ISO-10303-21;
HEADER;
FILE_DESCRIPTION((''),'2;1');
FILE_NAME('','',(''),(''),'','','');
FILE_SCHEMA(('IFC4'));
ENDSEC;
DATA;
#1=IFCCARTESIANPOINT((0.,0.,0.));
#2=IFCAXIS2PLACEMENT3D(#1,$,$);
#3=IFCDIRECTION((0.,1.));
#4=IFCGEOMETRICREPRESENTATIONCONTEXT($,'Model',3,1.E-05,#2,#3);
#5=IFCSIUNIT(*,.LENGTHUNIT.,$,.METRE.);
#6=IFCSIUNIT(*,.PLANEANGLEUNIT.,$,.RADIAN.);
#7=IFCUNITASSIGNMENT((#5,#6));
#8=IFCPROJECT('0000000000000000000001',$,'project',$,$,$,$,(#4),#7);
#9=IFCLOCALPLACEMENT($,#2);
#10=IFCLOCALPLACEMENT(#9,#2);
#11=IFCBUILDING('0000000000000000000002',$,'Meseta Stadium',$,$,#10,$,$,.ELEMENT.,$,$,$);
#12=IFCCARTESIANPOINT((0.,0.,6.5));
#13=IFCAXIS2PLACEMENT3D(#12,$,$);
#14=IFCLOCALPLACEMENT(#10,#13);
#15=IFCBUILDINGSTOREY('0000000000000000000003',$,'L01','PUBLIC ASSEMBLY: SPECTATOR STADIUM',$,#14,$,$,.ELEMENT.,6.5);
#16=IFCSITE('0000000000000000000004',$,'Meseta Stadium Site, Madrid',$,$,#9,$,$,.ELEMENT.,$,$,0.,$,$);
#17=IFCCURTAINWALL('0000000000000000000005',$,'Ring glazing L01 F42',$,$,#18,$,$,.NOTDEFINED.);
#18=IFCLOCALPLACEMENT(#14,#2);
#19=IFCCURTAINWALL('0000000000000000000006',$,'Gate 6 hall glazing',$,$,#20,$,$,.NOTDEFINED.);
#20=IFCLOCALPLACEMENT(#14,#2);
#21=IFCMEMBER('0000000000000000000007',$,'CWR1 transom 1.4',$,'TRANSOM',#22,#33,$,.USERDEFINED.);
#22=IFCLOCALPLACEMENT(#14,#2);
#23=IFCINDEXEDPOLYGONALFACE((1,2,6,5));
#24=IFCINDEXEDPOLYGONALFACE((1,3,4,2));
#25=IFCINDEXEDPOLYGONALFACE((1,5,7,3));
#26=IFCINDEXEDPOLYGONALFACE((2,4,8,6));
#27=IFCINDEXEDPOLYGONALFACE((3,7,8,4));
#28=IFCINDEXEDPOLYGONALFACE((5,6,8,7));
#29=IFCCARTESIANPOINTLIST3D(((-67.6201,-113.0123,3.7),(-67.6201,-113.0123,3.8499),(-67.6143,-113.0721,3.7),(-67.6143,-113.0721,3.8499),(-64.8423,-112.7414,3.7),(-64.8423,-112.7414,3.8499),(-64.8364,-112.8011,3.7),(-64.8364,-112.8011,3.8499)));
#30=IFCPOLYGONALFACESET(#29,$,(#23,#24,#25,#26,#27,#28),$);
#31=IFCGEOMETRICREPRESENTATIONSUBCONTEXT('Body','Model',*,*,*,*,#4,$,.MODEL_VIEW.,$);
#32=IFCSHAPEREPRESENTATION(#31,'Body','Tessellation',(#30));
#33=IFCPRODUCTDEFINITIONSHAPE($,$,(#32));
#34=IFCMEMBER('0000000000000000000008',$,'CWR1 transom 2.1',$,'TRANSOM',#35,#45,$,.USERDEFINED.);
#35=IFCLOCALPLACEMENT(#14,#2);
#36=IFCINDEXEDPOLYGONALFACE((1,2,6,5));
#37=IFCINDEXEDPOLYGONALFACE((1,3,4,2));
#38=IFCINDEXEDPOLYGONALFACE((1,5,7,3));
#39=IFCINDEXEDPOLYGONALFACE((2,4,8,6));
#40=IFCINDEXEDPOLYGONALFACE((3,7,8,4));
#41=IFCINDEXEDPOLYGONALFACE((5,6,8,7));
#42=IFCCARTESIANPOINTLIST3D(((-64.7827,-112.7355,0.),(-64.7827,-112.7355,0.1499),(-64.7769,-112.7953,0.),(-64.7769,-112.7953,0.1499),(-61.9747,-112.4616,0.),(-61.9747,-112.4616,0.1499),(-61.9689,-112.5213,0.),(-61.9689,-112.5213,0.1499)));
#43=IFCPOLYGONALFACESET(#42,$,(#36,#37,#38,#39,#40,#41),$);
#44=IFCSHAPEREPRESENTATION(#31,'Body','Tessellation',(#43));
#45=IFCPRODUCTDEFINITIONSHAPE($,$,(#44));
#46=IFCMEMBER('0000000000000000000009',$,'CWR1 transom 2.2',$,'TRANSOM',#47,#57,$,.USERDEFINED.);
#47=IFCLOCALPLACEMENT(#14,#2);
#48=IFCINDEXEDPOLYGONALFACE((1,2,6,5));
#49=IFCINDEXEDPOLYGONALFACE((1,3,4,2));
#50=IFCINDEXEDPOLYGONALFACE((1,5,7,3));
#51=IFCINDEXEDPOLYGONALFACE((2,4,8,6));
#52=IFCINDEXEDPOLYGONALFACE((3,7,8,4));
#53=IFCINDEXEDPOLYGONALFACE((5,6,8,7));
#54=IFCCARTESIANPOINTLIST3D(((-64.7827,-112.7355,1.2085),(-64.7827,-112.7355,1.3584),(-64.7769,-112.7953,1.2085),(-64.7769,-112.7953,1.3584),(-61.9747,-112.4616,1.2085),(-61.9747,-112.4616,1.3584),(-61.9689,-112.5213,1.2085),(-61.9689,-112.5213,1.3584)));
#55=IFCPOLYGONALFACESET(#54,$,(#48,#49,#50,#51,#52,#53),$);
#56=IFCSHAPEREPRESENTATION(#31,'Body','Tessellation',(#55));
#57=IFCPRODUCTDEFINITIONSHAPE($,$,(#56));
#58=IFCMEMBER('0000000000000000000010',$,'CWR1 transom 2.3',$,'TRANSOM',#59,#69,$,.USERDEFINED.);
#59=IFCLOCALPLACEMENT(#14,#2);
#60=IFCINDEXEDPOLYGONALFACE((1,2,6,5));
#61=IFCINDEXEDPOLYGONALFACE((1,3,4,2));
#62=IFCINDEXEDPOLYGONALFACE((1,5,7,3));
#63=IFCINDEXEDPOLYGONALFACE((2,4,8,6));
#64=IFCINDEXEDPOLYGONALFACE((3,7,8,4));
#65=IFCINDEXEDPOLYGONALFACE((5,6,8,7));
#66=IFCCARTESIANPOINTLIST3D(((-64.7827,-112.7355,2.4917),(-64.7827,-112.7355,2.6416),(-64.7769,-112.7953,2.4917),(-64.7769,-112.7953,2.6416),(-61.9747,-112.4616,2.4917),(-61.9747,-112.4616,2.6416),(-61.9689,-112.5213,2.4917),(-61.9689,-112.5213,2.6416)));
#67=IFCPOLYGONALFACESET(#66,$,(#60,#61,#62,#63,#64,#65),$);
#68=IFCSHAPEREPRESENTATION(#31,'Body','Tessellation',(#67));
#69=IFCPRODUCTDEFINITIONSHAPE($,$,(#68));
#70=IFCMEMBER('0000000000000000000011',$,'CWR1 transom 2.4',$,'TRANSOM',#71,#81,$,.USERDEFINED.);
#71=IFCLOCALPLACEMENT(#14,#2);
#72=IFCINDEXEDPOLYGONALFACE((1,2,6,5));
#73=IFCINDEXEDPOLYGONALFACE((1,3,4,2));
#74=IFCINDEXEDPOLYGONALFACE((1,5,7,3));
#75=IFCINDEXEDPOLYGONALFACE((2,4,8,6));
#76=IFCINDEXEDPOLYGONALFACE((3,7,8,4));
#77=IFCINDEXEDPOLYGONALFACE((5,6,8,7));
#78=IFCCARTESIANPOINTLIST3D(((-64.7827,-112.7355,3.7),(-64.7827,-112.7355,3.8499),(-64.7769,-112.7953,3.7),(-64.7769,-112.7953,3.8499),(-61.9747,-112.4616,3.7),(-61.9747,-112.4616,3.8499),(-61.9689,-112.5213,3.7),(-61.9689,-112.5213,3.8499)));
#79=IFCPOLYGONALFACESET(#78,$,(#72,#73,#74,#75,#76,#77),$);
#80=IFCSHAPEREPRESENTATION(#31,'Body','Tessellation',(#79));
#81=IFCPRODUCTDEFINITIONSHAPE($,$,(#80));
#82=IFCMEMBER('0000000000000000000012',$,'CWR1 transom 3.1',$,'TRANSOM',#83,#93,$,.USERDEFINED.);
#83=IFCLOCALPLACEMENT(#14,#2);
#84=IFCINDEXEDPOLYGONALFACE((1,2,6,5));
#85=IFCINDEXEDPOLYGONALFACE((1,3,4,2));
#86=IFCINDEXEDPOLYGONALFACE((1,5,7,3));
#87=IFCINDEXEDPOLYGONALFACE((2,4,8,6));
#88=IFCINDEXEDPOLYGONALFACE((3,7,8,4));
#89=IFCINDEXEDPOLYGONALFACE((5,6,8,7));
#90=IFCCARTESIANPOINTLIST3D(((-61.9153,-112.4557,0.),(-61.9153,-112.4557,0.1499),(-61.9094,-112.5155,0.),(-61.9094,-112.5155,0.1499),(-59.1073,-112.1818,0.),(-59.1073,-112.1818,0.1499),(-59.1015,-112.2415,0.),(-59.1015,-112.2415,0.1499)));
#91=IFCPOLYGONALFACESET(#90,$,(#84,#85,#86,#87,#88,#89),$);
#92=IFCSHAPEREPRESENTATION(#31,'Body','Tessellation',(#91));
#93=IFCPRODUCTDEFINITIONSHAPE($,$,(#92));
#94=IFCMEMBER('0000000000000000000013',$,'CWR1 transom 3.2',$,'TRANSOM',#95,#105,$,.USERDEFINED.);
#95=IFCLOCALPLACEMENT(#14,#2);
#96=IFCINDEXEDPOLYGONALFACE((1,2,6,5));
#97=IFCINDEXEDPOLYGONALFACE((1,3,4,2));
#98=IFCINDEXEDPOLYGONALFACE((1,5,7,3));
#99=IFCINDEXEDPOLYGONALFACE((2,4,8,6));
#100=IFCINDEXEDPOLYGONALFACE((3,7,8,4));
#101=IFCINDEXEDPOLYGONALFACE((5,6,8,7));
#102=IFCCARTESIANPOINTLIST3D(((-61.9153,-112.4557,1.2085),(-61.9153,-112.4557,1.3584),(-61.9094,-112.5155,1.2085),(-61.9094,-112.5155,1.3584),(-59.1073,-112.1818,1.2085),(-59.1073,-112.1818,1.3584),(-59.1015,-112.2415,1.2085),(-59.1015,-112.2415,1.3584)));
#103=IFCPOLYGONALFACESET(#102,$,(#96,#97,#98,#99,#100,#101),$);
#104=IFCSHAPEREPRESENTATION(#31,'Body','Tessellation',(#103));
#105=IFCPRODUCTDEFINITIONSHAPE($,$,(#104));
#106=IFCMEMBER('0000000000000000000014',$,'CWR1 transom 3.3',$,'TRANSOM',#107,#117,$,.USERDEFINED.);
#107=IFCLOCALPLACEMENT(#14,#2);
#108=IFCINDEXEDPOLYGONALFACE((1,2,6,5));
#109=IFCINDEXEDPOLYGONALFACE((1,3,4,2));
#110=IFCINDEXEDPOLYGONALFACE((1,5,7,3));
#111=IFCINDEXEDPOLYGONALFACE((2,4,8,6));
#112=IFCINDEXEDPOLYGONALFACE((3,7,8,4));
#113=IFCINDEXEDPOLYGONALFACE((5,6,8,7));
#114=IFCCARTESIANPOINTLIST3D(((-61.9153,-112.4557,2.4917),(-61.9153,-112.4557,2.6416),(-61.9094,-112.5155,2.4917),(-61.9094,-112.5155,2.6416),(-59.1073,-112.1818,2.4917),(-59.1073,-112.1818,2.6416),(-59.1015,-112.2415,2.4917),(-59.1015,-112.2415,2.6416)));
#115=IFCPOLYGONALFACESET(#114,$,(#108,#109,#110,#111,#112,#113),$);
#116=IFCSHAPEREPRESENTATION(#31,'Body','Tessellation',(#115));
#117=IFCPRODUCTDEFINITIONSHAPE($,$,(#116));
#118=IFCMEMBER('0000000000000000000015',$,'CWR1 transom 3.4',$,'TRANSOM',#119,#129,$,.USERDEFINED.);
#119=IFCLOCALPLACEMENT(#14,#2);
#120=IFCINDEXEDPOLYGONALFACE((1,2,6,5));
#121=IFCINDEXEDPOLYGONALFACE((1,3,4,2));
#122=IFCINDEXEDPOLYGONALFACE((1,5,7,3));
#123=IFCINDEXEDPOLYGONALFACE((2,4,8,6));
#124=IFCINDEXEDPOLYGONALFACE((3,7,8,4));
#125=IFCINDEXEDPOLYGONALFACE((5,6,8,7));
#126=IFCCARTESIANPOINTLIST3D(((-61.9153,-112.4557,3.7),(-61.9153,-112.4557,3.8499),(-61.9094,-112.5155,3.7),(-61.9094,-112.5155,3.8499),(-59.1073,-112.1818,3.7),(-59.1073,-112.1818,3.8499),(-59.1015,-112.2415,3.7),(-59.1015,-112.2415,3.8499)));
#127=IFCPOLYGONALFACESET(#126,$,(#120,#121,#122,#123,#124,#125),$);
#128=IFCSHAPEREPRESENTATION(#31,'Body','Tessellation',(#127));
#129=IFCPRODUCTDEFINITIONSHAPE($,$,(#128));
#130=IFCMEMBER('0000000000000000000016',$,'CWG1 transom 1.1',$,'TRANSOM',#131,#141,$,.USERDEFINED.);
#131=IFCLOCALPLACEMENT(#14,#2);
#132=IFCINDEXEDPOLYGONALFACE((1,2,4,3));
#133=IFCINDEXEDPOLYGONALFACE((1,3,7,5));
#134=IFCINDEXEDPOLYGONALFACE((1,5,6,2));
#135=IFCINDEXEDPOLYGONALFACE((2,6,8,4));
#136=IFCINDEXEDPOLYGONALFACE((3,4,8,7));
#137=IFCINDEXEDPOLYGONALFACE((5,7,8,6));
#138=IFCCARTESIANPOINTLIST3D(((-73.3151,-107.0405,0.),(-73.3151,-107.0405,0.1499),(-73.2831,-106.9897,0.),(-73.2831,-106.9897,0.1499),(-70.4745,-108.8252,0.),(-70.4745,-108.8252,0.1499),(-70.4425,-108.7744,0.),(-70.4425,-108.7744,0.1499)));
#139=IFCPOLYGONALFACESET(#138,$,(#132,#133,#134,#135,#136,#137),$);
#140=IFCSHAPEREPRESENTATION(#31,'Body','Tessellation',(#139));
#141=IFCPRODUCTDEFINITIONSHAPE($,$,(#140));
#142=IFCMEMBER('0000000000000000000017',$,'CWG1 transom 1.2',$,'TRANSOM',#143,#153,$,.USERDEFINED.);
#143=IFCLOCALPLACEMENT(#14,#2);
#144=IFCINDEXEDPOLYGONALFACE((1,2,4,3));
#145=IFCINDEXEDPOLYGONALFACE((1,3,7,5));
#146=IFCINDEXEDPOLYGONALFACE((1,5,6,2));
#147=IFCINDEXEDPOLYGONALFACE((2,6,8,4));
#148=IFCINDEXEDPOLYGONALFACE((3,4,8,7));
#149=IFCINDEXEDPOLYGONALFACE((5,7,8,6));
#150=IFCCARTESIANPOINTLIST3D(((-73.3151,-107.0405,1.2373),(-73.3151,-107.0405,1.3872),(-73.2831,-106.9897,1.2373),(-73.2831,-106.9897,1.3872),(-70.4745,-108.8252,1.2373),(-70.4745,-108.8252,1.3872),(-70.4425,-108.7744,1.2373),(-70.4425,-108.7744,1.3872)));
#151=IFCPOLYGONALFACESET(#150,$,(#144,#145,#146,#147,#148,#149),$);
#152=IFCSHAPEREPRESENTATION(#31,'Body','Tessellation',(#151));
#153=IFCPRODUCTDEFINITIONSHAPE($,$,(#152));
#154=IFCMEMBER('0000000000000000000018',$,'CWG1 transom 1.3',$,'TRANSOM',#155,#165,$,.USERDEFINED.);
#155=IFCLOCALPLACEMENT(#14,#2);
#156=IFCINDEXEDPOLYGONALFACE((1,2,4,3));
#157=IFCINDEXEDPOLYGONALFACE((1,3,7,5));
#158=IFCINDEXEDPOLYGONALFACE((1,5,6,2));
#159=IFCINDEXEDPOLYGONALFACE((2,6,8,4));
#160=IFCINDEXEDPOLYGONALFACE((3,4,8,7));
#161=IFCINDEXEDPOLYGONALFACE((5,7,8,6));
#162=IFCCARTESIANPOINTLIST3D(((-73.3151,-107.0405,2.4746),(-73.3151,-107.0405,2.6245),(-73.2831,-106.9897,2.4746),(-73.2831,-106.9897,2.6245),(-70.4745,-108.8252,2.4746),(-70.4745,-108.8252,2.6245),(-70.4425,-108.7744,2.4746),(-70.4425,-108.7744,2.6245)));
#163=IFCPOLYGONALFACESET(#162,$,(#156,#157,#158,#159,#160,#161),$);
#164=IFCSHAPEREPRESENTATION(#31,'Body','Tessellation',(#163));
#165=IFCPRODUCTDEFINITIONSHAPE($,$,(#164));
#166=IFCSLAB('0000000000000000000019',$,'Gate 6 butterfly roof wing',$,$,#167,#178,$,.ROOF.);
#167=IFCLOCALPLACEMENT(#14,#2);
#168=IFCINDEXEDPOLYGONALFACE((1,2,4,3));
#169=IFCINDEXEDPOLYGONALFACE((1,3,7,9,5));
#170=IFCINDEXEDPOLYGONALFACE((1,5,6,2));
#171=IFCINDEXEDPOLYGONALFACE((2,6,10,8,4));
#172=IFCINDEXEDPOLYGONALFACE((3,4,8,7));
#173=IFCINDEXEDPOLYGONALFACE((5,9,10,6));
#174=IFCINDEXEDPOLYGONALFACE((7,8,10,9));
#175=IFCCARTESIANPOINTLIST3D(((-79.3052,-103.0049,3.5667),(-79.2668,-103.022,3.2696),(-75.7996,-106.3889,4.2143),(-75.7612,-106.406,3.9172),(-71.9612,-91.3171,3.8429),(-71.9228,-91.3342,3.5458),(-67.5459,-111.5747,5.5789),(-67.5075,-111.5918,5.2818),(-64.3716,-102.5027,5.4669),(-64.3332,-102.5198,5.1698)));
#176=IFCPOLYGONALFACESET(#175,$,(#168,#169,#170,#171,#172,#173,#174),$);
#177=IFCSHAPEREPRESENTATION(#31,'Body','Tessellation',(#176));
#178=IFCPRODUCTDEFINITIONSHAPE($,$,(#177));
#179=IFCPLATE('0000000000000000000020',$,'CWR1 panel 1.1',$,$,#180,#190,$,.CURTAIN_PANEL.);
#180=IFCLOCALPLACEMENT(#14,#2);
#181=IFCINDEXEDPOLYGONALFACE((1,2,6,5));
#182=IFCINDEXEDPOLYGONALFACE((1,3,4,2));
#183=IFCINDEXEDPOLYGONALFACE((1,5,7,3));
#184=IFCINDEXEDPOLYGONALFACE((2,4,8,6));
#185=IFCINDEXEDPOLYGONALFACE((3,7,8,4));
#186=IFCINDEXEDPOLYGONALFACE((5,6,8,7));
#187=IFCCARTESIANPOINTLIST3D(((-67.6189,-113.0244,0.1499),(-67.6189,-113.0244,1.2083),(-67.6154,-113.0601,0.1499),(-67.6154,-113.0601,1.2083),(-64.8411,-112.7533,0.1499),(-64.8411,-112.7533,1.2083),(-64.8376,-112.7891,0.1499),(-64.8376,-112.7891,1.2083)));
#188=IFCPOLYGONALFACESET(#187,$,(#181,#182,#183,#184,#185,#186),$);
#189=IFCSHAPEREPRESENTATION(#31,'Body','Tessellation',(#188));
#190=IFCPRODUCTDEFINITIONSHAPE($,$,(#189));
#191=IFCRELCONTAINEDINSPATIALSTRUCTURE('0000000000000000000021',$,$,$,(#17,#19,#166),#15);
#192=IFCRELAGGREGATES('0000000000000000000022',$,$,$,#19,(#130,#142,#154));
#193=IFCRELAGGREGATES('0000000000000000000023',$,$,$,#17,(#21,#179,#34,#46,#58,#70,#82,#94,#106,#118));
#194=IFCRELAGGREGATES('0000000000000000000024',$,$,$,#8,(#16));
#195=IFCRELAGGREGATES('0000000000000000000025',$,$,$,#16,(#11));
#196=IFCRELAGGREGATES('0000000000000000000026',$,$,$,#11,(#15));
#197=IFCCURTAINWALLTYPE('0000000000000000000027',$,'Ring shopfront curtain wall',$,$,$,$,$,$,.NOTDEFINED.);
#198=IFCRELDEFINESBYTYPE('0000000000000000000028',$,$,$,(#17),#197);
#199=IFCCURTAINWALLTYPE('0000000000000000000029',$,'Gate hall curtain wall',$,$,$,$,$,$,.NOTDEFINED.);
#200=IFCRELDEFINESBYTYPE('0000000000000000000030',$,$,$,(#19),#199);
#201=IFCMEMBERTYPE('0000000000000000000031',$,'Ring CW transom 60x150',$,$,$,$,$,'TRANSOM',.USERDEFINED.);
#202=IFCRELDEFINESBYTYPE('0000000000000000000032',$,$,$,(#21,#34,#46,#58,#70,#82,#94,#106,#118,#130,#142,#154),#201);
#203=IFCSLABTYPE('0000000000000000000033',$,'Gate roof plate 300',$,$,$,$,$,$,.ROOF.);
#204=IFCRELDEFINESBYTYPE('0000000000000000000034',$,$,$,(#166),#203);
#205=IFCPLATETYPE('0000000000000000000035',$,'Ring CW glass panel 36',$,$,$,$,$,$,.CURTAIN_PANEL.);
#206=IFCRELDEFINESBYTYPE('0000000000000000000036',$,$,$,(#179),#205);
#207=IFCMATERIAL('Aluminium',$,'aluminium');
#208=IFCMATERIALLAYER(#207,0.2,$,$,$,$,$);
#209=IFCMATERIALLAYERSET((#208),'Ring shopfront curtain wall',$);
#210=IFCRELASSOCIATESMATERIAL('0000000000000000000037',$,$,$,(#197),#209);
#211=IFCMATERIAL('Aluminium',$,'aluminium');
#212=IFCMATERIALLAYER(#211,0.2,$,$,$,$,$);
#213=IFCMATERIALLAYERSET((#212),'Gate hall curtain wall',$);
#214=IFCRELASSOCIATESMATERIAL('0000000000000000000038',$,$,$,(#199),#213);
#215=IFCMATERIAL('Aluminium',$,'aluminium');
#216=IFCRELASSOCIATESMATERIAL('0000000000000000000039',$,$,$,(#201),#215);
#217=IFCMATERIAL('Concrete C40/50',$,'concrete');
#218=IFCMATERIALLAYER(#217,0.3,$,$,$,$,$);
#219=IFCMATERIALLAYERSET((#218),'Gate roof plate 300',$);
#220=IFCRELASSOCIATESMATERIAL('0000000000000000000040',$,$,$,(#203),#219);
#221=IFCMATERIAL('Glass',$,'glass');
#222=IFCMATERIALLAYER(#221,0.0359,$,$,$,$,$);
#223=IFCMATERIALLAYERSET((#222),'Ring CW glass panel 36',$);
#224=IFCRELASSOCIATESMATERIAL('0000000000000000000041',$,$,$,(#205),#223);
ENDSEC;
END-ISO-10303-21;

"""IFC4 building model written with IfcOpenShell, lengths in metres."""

from ifc_helpers import new_model, si_unit, direction, frame, origin, origin_2d, place, context, subcontext, project, spatial, polyline, rectangle, outline, extrude, material, layer, layer_set, material_profile, profile_set, type_object, element, aggregate, save


model = new_model("IFC4")

# Units and contexts
model_context = context("Model", 3, precision=1e-05, world=origin(), true_north=direction((0.0, 1.0)))
body_context = subcontext(model_context, "Body", "Model", "MODEL_VIEW")
ifc_project = project(units=[si_unit("LENGTHUNIT", "METRE"), si_unit("PLANEANGLEUNIT", "RADIAN")], contexts=[model_context])

# Site, building, storey
site_placement = place(None, origin())
site = spatial("IfcSite", under=ifc_project, at=site_placement, Name="Meseta Stadium Site, Madrid", CompositionType="ELEMENT", RefElevation=0.0)
building_placement = place(site_placement, origin())
building = spatial("IfcBuilding", under=site, at=building_placement, Name="Meseta Stadium", CompositionType="ELEMENT")
storey_placement = place(building_placement, frame((0.0, 0.0, 6.5)))
storey = spatial("IfcBuildingStorey", under=building, at=storey_placement, Name="L01", Description="PUBLIC ASSEMBLY: SPECTATOR STADIUM", CompositionType="ELEMENT", Elevation=6.5)

# Curtain wall
ifc_material_1 = material(Name="Aluminium", Category="aluminium")
ifc_layer_1 = layer(ifc_material_1, 0.2)
ifc_layer_set_1 = layer_set([ifc_layer_1], Name="Ring shopfront curtain wall")
curtain_wall_type_1 = type_object("IfcCurtainWallType", Name="Ring shopfront curtain wall", PredefinedType="NOTDEFINED", material=ifc_layer_set_1)
curtain_wall_1_placement = place(storey_placement, origin())
curtain_wall_1 = element("IfcCurtainWall", 1, at=curtain_wall_1_placement, inside=storey, type_object=curtain_wall_type_1, Name="Ring glazing L01 F42", PredefinedType="NOTDEFINED")

# Curtain wall
ifc_material_2 = material(Name="Aluminium", Category="aluminium")
ifc_layer_2 = layer(ifc_material_2, 0.2)
ifc_layer_set_2 = layer_set([ifc_layer_2], Name="Gate hall curtain wall")
curtain_wall_type_2 = type_object("IfcCurtainWallType", Name="Gate hall curtain wall", PredefinedType="NOTDEFINED", material=ifc_layer_set_2)
curtain_wall_2_placement = place(storey_placement, origin())
curtain_wall_2 = element("IfcCurtainWall", 2, at=curtain_wall_2_placement, inside=storey, type_object=curtain_wall_type_2, Name="Gate 6 hall glazing", PredefinedType="NOTDEFINED")

# Members
ifc_material_3 = material(Name="Aluminium", Category="aluminium")
ifc_material_profile_1 = material_profile(ifc_material_3, rectangle(XDim=0.0601, YDim=0.1499, at=origin_2d()), Name="CW 60x150")
ifc_profile_set_1 = profile_set([ifc_material_profile_1], Name="Aluminium")
member_type_1 = type_object("IfcMemberType", Name="Ring CW transom 60x150", ElementType="TRANSOM", PredefinedType="USERDEFINED", material=ifc_profile_set_1)
member_1_placement = place(storey_placement, frame((-67.6172, -113.0422, 3.7749), z_axis=(0.995275, 0.097096, 0.0), x_axis=(-0.097096, 0.995275, 0.0)))
member_1 = element("IfcMember", 3, at=member_1_placement, type_object=member_type_1, Name="CWR1 transom 1.4", ObjectType="TRANSOM", PredefinedType="USERDEFINED", context=body_context, shape_type="SweptSolid", body=[
    extrude(rectangle(XDim=0.0601, YDim=0.1499, at=origin_2d()), origin(), (0.0, 0.0, 1.0), 2.791),
])
member_2_placement = place(storey_placement, frame((-64.7798, -112.7654, 0.075), z_axis=(0.995275, 0.097096, 0.0), x_axis=(-0.097096, 0.995275, 0.0)))
member_2 = element("IfcMember", 4, at=member_2_placement, type_object=member_type_1, Name="CWR1 transom 2.1", ObjectType="TRANSOM", PredefinedType="USERDEFINED", context=body_context, shape_type="SweptSolid", body=[
    extrude(rectangle(XDim=0.0601, YDim=0.1499, at=origin_2d()), origin(), (0.0, 0.0, 1.0), 2.8213),
])
member_3_placement = place(storey_placement, frame((-64.7798, -112.7654, 1.2834), z_axis=(0.995275, 0.097096, 0.0), x_axis=(-0.097096, 0.995275, 0.0)))
member_3 = element("IfcMember", 5, at=member_3_placement, type_object=member_type_1, Name="CWR1 transom 2.2", ObjectType="TRANSOM", PredefinedType="USERDEFINED", context=body_context, shape_type="SweptSolid", body=[
    extrude(rectangle(XDim=0.0601, YDim=0.1499, at=origin_2d()), origin(), (0.0, 0.0, 1.0), 2.8213),
])
member_4_placement = place(storey_placement, frame((-64.7798, -112.7654, 2.5667), z_axis=(0.995275, 0.097096, 0.0), x_axis=(-0.097096, 0.995275, 0.0)))
member_4 = element("IfcMember", 6, at=member_4_placement, type_object=member_type_1, Name="CWR1 transom 2.3", ObjectType="TRANSOM", PredefinedType="USERDEFINED", context=body_context, shape_type="SweptSolid", body=[
    extrude(rectangle(XDim=0.0601, YDim=0.1499, at=origin_2d()), origin(), (0.0, 0.0, 1.0), 2.8213),
])
member_5_placement = place(storey_placement, frame((-64.7798, -112.7654, 3.7749), z_axis=(0.995275, 0.097096, 0.0), x_axis=(-0.097096, 0.995275, 0.0)))
member_5 = element("IfcMember", 7, at=member_5_placement, type_object=member_type_1, Name="CWR1 transom 2.4", ObjectType="TRANSOM", PredefinedType="USERDEFINED", context=body_context, shape_type="SweptSolid", body=[
    extrude(rectangle(XDim=0.0601, YDim=0.1499, at=origin_2d()), origin(), (0.0, 0.0, 1.0), 2.8213),
])
member_6_placement = place(storey_placement, frame((-61.9124, -112.4856, 0.075), z_axis=(0.995275, 0.097096, 0.0), x_axis=(-0.097096, 0.995275, 0.0)))
member_6 = element("IfcMember", 8, at=member_6_placement, type_object=member_type_1, Name="CWR1 transom 3.1", ObjectType="TRANSOM", PredefinedType="USERDEFINED", context=body_context, shape_type="SweptSolid", body=[
    extrude(rectangle(XDim=0.0601, YDim=0.1499, at=origin_2d()), origin(), (0.0, 0.0, 1.0), 2.8213),
])
member_7_placement = place(storey_placement, frame((-61.9124, -112.4856, 1.2834), z_axis=(0.995275, 0.097096, 0.0), x_axis=(-0.097096, 0.995275, 0.0)))
member_7 = element("IfcMember", 9, at=member_7_placement, type_object=member_type_1, Name="CWR1 transom 3.2", ObjectType="TRANSOM", PredefinedType="USERDEFINED", context=body_context, shape_type="SweptSolid", body=[
    extrude(rectangle(XDim=0.0601, YDim=0.1499, at=origin_2d()), origin(), (0.0, 0.0, 1.0), 2.8213),
])
member_8_placement = place(storey_placement, frame((-61.9124, -112.4856, 2.5667), z_axis=(0.995275, 0.097096, 0.0), x_axis=(-0.097096, 0.995275, 0.0)))
member_8 = element("IfcMember", 10, at=member_8_placement, type_object=member_type_1, Name="CWR1 transom 3.3", ObjectType="TRANSOM", PredefinedType="USERDEFINED", context=body_context, shape_type="SweptSolid", body=[
    extrude(rectangle(XDim=0.0601, YDim=0.1499, at=origin_2d()), origin(), (0.0, 0.0, 1.0), 2.8213),
])
member_9_placement = place(storey_placement, frame((-61.9124, -112.4856, 3.7749), z_axis=(0.995275, 0.097096, 0.0), x_axis=(-0.097096, 0.995275, 0.0)))
member_9 = element("IfcMember", 11, at=member_9_placement, type_object=member_type_1, Name="CWR1 transom 3.4", ObjectType="TRANSOM", PredefinedType="USERDEFINED", context=body_context, shape_type="SweptSolid", body=[
    extrude(rectangle(XDim=0.0601, YDim=0.1499, at=origin_2d()), origin(), (0.0, 0.0, 1.0), 2.8213),
])
member_10_placement = place(storey_placement, frame((-70.4585, -108.7998, 0.075), z_axis=(-0.846749, 0.531993, 0.0), x_axis=(-0.531993, -0.846749, 0.0)))
member_10 = element("IfcMember", 12, at=member_10_placement, type_object=member_type_1, Name="CWG1 transom 1.1", ObjectType="TRANSOM", PredefinedType="USERDEFINED", context=body_context, shape_type="SweptSolid", body=[
    extrude(rectangle(XDim=0.0601, YDim=0.1499, at=origin_2d()), origin(), (0.0, 0.0, 1.0), 3.3547),
])
member_11_placement = place(storey_placement, frame((-70.4585, -108.7998, 1.3123), z_axis=(-0.846749, 0.531993, 0.0), x_axis=(-0.531993, -0.846749, 0.0)))
member_11 = element("IfcMember", 13, at=member_11_placement, type_object=member_type_1, Name="CWG1 transom 1.2", ObjectType="TRANSOM", PredefinedType="USERDEFINED", context=body_context, shape_type="SweptSolid", body=[
    extrude(rectangle(XDim=0.0601, YDim=0.1499, at=origin_2d()), origin(), (0.0, 0.0, 1.0), 3.3547),
])
member_12_placement = place(storey_placement, frame((-70.4585, -108.7998, 2.5496), z_axis=(-0.846749, 0.531993, 0.0), x_axis=(-0.531993, -0.846749, 0.0)))
member_12 = element("IfcMember", 14, at=member_12_placement, type_object=member_type_1, Name="CWG1 transom 1.3", ObjectType="TRANSOM", PredefinedType="USERDEFINED", context=body_context, shape_type="SweptSolid", body=[
    extrude(rectangle(XDim=0.0601, YDim=0.1499, at=origin_2d()), origin(), (0.0, 0.0, 1.0), 3.3547),
])
aggregate(curtain_wall_2, [member_10, member_11, member_12])

# Slab
ifc_material_4 = material(Name="Concrete C40/50", Category="concrete")
ifc_layer_3 = layer(ifc_material_4, 0.3)
ifc_layer_set_3 = layer_set([ifc_layer_3], Name="Gate roof plate 300")
slab_type = type_object("IfcSlabType", Name="Gate roof plate 300", PredefinedType="ROOF", material=ifc_layer_set_3)
slab_placement = place(storey_placement, frame((-67.5459, -111.5747, 5.5789), z_axis=(-0.127906, 0.056974, 0.990148), x_axis=(0.330244, 0.943824, -0.011648)))
element("IfcSlab", 15, at=slab_placement, inside=storey, type_object=slab_type, Name="Gate 6 butterfly roof wing", PredefinedType="ROOF", context=body_context, shape_type="SweptSolid", body=[
    extrude(outline(polyline([(0.0, 0.0), (9.612, 0.0), (17.6817, 10.9652), (4.2284, 14.0674), (2.1846, 9.5971), (0.0, 0.0)])), origin(), (0.0, 0.0, -1.0), 0.3),
])

# Plate
ifc_material_5 = material(Name="Glass", Category="glass")
ifc_layer_4 = layer(ifc_material_5, 0.0359)
ifc_layer_set_4 = layer_set([ifc_layer_4], Name="Ring CW glass panel 36")
plate_type_1 = type_object("IfcPlateType", Name="Ring CW glass panel 36", PredefinedType="CURTAIN_PANEL", material=ifc_layer_set_4)
plate_1_placement = place(storey_placement, frame((-66.2283, -112.9067, 0.1499), z_axis=(0.0, 0.0, 1.0), x_axis=(0.995272, 0.097125, 0.0)))
plate_1 = element("IfcPlate", 16, at=plate_1_placement, type_object=plate_type_1, Name="CWR1 panel 1.1", PredefinedType="CURTAIN_PANEL", context=body_context, shape_type="SweptSolid", body=[
    extrude(rectangle(XDim=2.791, YDim=0.0359, at=origin_2d()), origin(), (0.0, 0.0, 1.0), 1.0583),
])
aggregate(curtain_wall_1, [member_1, plate_1, member_2, member_3, member_4, member_5, member_6, member_7, member_8, member_9])

save(model, "model.ifc")
